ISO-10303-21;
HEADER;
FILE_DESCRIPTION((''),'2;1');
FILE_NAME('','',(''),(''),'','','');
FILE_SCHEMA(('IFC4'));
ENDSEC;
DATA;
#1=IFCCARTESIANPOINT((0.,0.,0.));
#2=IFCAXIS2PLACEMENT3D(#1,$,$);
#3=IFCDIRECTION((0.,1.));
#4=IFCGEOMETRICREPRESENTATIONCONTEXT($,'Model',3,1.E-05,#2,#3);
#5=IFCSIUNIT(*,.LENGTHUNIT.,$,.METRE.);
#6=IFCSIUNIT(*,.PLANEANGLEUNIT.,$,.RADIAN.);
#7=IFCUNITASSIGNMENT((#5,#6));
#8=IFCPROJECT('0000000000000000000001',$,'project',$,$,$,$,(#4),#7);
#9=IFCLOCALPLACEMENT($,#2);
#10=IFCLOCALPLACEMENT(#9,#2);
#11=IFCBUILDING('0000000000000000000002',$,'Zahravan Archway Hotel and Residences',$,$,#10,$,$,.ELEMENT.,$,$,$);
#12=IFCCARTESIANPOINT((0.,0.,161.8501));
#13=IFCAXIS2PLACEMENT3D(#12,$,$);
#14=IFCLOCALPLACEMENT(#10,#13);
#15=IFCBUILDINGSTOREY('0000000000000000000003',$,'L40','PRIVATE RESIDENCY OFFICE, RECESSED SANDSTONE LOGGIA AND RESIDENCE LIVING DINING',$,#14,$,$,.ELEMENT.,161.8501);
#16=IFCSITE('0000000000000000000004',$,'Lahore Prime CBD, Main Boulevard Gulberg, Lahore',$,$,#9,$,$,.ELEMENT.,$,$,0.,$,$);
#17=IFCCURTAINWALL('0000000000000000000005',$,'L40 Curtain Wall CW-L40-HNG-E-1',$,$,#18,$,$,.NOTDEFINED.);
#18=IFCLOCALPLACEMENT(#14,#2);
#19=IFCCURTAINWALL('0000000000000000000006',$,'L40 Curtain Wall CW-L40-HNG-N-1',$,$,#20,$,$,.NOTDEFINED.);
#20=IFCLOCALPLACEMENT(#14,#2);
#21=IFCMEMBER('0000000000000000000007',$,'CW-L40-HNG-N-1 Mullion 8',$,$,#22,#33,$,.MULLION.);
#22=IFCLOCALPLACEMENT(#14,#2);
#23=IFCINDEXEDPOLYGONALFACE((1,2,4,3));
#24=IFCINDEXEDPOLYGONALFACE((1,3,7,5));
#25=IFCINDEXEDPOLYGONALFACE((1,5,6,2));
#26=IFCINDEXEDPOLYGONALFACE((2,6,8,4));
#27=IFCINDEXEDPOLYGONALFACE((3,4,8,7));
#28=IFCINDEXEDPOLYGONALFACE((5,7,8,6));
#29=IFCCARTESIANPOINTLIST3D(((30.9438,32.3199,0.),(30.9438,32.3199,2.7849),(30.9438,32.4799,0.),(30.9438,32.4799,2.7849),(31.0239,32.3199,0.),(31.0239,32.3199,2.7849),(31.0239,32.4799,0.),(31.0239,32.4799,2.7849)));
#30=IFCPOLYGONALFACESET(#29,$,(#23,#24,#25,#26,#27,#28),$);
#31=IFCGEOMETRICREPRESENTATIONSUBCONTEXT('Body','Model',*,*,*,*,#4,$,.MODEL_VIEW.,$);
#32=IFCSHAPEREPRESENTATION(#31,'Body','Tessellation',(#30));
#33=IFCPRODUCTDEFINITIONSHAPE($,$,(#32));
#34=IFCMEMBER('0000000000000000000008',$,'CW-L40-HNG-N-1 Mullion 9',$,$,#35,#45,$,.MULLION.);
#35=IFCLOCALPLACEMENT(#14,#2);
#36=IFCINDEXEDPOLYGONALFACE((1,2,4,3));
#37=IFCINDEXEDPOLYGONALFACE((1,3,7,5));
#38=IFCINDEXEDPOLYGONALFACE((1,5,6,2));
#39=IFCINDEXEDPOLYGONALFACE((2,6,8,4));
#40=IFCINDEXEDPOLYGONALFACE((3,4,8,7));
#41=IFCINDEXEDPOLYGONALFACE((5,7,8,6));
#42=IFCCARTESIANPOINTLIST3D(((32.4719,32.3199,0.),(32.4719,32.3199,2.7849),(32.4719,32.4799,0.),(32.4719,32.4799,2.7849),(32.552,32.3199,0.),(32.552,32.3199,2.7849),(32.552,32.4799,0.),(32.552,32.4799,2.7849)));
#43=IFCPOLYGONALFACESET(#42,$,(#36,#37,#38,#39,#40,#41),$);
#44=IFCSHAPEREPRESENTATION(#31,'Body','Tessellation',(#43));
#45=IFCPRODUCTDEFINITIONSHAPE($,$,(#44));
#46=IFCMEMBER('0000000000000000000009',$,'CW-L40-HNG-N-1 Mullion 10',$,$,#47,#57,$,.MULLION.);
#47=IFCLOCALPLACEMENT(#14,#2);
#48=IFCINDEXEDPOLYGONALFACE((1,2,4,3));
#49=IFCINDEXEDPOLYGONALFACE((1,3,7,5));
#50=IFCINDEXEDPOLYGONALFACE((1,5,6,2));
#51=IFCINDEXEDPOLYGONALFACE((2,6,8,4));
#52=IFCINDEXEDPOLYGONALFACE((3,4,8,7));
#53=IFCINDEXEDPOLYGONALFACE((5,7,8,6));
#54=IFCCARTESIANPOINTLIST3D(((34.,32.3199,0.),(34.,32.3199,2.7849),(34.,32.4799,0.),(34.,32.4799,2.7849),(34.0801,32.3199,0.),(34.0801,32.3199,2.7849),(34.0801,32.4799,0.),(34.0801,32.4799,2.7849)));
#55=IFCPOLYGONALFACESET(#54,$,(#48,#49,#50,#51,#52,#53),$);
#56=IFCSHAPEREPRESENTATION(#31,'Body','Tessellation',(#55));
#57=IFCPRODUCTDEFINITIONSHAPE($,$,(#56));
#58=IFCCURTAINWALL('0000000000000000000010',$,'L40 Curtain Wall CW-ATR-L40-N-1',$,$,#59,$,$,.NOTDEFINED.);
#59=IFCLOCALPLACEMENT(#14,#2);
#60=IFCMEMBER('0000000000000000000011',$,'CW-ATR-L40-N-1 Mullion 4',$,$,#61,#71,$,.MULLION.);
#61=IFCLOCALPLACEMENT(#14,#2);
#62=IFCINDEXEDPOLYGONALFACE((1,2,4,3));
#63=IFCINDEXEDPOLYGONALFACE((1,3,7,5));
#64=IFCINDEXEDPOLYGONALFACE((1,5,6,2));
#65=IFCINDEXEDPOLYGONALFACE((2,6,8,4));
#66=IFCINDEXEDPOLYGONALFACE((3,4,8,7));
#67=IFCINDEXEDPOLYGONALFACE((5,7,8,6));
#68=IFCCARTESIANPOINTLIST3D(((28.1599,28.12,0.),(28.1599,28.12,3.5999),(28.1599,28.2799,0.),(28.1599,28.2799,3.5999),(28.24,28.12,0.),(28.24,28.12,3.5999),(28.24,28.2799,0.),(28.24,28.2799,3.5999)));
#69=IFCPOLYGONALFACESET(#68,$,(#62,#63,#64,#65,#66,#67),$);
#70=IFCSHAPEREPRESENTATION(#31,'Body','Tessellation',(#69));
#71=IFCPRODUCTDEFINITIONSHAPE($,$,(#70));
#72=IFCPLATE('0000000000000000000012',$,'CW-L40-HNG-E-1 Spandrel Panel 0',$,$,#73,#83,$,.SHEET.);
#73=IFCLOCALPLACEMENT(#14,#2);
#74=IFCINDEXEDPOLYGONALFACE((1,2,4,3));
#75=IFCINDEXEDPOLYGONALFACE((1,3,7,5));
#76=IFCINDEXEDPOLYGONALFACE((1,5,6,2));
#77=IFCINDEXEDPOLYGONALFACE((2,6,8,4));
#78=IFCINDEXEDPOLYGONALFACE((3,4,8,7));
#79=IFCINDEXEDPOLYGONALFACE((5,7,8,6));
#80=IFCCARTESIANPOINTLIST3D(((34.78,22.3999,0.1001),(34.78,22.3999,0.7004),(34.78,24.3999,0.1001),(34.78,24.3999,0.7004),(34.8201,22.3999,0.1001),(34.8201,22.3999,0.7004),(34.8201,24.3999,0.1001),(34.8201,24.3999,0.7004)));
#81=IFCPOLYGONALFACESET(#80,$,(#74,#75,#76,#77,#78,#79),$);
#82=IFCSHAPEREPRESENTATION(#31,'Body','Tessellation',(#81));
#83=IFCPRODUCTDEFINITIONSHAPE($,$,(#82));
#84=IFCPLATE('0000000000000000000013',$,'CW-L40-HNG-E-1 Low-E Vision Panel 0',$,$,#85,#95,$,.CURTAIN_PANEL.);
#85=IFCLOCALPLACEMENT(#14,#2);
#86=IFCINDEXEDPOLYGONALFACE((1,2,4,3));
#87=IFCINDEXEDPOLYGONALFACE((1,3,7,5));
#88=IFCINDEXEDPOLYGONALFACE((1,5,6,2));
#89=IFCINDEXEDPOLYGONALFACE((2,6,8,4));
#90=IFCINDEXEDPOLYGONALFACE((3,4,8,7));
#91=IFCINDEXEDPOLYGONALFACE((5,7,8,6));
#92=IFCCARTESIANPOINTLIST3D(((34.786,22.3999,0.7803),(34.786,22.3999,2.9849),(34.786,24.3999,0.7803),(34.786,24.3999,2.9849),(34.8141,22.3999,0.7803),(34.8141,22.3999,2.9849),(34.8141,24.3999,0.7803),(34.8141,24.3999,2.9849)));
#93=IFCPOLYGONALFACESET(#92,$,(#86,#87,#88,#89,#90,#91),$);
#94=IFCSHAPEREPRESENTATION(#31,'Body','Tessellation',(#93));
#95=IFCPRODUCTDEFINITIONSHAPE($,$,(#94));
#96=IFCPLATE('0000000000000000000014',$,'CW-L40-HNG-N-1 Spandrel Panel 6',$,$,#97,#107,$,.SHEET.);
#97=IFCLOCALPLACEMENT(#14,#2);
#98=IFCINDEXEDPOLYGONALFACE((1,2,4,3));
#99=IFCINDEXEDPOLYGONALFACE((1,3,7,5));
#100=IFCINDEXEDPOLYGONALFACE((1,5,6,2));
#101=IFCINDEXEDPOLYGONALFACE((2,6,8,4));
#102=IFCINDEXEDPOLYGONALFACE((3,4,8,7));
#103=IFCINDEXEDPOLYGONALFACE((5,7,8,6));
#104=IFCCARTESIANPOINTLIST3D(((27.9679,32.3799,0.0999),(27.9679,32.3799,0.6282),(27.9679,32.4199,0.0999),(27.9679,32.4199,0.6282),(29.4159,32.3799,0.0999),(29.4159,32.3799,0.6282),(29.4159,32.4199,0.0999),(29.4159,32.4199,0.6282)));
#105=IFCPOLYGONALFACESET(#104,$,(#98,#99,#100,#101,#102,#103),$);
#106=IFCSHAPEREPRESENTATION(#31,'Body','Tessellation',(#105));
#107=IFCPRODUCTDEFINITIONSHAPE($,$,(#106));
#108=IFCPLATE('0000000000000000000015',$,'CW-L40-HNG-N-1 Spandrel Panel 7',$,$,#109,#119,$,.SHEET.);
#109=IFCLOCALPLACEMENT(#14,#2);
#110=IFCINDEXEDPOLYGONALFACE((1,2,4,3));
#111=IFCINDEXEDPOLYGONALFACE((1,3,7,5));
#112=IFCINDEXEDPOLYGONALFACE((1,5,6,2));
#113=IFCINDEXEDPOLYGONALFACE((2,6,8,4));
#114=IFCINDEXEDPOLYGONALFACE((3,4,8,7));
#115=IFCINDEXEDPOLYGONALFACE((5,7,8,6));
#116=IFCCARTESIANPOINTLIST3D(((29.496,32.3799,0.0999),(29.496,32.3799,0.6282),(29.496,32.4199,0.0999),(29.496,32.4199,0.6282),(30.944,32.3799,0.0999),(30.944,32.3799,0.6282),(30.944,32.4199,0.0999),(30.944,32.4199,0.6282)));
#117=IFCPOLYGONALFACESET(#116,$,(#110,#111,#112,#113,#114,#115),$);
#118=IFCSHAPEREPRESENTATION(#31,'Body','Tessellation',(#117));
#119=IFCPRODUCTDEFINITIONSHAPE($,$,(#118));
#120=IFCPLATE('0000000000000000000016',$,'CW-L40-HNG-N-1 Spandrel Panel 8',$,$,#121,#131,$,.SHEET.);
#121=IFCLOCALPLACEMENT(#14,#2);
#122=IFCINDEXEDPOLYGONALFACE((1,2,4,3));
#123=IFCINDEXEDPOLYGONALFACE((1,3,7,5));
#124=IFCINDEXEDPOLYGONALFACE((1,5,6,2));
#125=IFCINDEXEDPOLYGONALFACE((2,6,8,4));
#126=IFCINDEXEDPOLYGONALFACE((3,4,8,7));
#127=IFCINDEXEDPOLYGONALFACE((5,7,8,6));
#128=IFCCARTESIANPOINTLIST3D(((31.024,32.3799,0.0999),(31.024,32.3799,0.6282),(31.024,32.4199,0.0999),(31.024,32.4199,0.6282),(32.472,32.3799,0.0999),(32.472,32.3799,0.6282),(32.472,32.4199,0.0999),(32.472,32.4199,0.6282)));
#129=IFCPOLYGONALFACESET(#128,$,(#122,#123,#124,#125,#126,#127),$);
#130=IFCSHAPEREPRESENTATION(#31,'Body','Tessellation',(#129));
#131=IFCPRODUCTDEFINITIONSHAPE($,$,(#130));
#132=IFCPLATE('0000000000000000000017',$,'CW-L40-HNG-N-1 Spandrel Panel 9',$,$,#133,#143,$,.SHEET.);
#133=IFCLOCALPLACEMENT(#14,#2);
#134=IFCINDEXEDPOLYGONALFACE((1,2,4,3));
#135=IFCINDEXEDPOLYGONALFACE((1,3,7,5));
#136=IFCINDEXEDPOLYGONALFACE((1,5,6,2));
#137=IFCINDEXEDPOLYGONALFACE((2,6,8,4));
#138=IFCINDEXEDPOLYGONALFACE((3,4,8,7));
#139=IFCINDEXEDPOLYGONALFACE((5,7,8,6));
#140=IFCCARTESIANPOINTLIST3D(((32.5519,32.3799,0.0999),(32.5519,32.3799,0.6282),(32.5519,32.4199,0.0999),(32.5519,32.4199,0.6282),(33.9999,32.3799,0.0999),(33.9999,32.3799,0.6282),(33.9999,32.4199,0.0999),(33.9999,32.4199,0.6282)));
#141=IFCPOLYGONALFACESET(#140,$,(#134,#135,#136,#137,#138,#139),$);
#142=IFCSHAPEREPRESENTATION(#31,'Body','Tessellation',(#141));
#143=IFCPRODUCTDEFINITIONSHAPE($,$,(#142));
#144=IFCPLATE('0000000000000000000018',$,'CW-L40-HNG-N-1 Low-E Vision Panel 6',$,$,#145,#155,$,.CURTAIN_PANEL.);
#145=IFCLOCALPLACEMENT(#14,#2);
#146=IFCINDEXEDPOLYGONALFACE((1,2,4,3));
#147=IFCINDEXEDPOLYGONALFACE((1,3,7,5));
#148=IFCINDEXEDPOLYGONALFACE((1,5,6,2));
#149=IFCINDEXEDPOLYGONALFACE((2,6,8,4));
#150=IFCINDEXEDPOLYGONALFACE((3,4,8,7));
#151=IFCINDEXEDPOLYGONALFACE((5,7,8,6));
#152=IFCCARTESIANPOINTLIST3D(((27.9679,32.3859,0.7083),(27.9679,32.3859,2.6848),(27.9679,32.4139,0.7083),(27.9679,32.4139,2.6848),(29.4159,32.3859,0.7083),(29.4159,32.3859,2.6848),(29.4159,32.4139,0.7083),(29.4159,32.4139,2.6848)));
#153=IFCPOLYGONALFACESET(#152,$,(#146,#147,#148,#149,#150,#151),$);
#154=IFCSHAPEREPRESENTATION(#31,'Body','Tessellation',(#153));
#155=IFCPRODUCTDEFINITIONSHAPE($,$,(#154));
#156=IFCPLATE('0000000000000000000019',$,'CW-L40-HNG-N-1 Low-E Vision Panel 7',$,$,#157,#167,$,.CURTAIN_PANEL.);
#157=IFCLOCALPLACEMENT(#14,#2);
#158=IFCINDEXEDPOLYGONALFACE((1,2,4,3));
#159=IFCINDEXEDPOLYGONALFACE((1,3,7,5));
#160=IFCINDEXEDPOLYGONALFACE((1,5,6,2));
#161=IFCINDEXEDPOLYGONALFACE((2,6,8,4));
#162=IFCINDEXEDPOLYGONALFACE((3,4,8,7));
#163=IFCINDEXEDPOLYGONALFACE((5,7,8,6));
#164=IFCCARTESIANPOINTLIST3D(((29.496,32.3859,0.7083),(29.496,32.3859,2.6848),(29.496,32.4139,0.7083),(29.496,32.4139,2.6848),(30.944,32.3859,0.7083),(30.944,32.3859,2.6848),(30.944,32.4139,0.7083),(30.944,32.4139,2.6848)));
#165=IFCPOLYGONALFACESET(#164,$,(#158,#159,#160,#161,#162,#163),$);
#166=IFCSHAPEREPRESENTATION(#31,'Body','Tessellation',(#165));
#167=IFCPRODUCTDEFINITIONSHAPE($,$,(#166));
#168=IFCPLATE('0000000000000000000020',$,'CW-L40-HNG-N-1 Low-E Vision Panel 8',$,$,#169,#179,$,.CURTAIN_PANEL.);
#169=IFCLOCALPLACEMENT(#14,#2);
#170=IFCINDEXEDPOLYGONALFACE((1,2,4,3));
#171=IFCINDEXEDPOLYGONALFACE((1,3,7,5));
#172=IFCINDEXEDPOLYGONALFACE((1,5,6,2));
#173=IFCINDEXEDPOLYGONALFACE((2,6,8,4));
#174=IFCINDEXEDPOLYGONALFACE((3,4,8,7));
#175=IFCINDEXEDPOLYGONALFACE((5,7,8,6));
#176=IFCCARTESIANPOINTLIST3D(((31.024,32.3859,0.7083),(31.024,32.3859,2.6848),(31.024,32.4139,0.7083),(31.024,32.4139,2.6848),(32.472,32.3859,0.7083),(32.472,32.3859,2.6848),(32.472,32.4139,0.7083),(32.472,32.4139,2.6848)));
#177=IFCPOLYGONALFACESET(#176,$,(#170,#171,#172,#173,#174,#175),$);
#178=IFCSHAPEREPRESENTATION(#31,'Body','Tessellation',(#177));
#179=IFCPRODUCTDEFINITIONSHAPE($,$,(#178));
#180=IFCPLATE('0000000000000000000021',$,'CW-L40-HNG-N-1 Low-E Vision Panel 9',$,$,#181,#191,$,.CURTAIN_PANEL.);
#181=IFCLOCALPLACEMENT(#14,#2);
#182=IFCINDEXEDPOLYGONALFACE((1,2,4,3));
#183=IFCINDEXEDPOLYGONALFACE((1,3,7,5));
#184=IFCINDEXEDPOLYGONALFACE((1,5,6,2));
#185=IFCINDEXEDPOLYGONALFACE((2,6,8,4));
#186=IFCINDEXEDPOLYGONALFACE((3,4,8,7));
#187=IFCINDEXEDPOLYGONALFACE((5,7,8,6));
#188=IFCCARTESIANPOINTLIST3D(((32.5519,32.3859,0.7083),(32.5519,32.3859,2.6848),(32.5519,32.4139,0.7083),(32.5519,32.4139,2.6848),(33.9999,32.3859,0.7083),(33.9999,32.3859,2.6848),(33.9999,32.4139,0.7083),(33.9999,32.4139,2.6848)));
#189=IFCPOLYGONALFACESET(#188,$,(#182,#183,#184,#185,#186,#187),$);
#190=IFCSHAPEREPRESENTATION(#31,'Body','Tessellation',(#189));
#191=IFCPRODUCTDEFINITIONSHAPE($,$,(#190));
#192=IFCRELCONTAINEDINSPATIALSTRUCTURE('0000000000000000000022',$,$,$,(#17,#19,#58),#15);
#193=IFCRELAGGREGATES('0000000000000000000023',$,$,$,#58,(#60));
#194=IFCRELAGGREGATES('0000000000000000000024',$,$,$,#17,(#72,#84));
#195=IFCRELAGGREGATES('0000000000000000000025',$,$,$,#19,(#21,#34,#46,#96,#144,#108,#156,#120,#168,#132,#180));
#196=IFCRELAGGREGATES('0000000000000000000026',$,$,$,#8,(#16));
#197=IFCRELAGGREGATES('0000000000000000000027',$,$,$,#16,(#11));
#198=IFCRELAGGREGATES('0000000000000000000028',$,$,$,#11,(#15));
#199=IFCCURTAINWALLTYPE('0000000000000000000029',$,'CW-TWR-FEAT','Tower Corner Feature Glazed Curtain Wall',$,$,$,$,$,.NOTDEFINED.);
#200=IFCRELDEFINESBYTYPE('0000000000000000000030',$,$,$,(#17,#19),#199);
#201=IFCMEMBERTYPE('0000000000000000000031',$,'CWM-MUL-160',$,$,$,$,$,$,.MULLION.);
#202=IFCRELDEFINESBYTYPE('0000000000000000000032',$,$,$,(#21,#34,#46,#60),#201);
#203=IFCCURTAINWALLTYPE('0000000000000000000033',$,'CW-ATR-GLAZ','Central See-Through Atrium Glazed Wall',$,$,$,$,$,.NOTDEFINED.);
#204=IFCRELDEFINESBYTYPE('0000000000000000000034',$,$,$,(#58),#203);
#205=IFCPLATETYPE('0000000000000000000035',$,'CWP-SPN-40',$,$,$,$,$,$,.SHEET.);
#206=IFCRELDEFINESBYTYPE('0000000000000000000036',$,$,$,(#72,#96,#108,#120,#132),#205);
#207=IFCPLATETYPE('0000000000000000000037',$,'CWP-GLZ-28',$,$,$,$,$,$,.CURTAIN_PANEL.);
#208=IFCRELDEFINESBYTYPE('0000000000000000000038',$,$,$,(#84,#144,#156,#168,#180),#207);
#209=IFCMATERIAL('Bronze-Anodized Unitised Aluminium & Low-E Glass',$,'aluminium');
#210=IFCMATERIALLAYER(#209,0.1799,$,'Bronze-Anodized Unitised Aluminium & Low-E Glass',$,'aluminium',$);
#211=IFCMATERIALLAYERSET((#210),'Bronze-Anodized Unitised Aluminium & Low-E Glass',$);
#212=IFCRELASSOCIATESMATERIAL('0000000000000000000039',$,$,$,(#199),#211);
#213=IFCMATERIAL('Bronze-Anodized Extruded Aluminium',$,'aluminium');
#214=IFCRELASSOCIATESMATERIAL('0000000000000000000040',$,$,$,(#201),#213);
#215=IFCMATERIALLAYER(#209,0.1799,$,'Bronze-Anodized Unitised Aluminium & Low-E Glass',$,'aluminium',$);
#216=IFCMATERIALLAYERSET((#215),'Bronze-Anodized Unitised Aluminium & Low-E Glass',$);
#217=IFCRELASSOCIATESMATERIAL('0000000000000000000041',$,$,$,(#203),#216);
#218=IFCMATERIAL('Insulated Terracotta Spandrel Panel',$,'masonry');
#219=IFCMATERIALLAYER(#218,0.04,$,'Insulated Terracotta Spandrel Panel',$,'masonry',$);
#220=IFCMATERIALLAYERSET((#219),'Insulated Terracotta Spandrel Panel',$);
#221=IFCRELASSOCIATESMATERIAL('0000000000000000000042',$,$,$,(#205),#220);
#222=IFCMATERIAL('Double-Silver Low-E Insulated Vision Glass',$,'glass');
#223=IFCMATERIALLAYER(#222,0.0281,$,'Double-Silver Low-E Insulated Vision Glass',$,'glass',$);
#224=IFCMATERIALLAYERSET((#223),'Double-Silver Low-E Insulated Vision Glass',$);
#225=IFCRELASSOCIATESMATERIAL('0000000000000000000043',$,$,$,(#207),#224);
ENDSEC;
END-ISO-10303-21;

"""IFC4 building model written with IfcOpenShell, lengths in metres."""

from ifc_helpers import new_model, si_unit, direction, frame, origin, origin_2d, place, context, subcontext, project, spatial, rectangle, extrude, source, transform, mapped, material, layer, layer_set, material_profile, profile_set, type_object, element, aggregate, save


model = new_model("IFC4")

# Units and contexts
model_context = context("Model", 3, precision=1e-05, world=origin(), true_north=direction((0.0, 1.0)))
body_context = subcontext(model_context, "Body", "Model", "MODEL_VIEW")
ifc_project = project(units=[si_unit("LENGTHUNIT", "METRE"), si_unit("PLANEANGLEUNIT", "RADIAN")], contexts=[model_context])

# Site, building, storey
site_placement = place(None, origin())
site = spatial("IfcSite", under=ifc_project, at=site_placement, Name="Lahore Prime CBD, Main Boulevard Gulberg, Lahore", CompositionType="ELEMENT", RefElevation=0.0)
building_placement = place(site_placement, origin())
building = spatial("IfcBuilding", under=site, at=building_placement, Name="Zahravan Archway Hotel and Residences", CompositionType="ELEMENT")
storey_placement = place(building_placement, frame((0.0, 0.0, 161.8501)))
storey = spatial("IfcBuildingStorey", under=building, at=storey_placement, Name="L40", Description="PRIVATE RESIDENCY OFFICE, RECESSED SANDSTONE LOGGIA AND RESIDENCE LIVING DINING", CompositionType="ELEMENT", Elevation=161.8501)

# Curtain walls
ifc_material_1 = material(Name="Bronze-Anodized Unitised Aluminium & Low-E Glass", Category="aluminium")
ifc_layer_1 = layer(ifc_material_1, 0.1799, Name="Bronze-Anodized Unitised Aluminium & Low-E Glass", Category="aluminium")
ifc_layer_set_1 = layer_set([ifc_layer_1], Name="Bronze-Anodized Unitised Aluminium & Low-E Glass")
curtain_wall_type_1 = type_object("IfcCurtainWallType", Name="CW-TWR-FEAT", Description="Tower Corner Feature Glazed Curtain Wall", PredefinedType="NOTDEFINED", material=ifc_layer_set_1)
curtain_wall_1_placement = place(storey_placement, origin())
curtain_wall_1 = element("IfcCurtainWall", 1, at=curtain_wall_1_placement, inside=storey, type_object=curtain_wall_type_1, Name="L40 Curtain Wall CW-L40-HNG-E-1", PredefinedType="NOTDEFINED")
ifc_material_2 = material(Name="Bronze-Anodized Extruded Aluminium", Category="aluminium")
curtain_wall_2_placement = place(storey_placement, origin())
curtain_wall_2 = element("IfcCurtainWall", 2, at=curtain_wall_2_placement, inside=storey, type_object=curtain_wall_type_1, Name="L40 Curtain Wall CW-L40-HNG-N-1", PredefinedType="NOTDEFINED")

# Members
ifc_material_profile_1 = material_profile(ifc_material_2, rectangle(XDim=0.0801, YDim=0.1599, at=origin_2d()), Name="MUL 80x160", Category="aluminium")
ifc_profile_set_1 = profile_set([ifc_material_profile_1], Name="Bronze-Anodized Extruded Aluminium")
member_type_1 = type_object("IfcMemberType", Name="CWM-MUL-160", PredefinedType="MULLION", material=ifc_profile_set_1)
shared_shape_1 = source(origin(), body_context, "Body", "SweptSolid", [
    extrude(rectangle(XDim=0.0801, YDim=0.1599, at=origin_2d()), origin(), (0.0, 0.0, 1.0), 2.7849),
])
member_1_placement = place(storey_placement, frame((30.9839, 32.3999, 0.0), z_axis=(0.0, 0.0, 1.0), x_axis=(1.0, 0.0, 0.0)))
member_1 = element("IfcMember", 3, at=member_1_placement, type_object=member_type_1, Name="CW-L40-HNG-N-1 Mullion 8", PredefinedType="MULLION", context=body_context, shape_type="MappedRepresentation", body=[
    mapped(shared_shape_1, transform((0.0, 0.0, 0.0), scale=1.0)),
])
member_2_placement = place(storey_placement, frame((32.512, 32.3999, 0.0), z_axis=(0.0, 0.0, 1.0), x_axis=(1.0, 0.0, 0.0)))
member_2 = element("IfcMember", 4, at=member_2_placement, type_object=member_type_1, Name="CW-L40-HNG-N-1 Mullion 9", PredefinedType="MULLION", context=body_context, shape_type="MappedRepresentation", body=[
    mapped(shared_shape_1, transform((0.0, 0.0, 0.0), scale=1.0)),
])
member_3_placement = place(storey_placement, frame((34.04, 32.3999, 0.0), z_axis=(0.0, 0.0, 1.0), x_axis=(1.0, 0.0, 0.0)))
member_3 = element("IfcMember", 5, at=member_3_placement, type_object=member_type_1, Name="CW-L40-HNG-N-1 Mullion 10", PredefinedType="MULLION", context=body_context, shape_type="MappedRepresentation", body=[
    mapped(shared_shape_1, transform((0.0, 0.0, 0.0), scale=1.0)),
])

# Curtain wall, member
ifc_layer_2 = layer(ifc_material_1, 0.1799, Name="Bronze-Anodized Unitised Aluminium & Low-E Glass", Category="aluminium")
ifc_layer_set_2 = layer_set([ifc_layer_2], Name="Bronze-Anodized Unitised Aluminium & Low-E Glass")
curtain_wall_type_2 = type_object("IfcCurtainWallType", Name="CW-ATR-GLAZ", Description="Central See-Through Atrium Glazed Wall", PredefinedType="NOTDEFINED", material=ifc_layer_set_2)
curtain_wall_3_placement = place(storey_placement, origin())
curtain_wall_3 = element("IfcCurtainWall", 6, at=curtain_wall_3_placement, inside=storey, type_object=curtain_wall_type_2, Name="L40 Curtain Wall CW-ATR-L40-N-1", PredefinedType="NOTDEFINED")
shared_shape_2 = source(origin(), body_context, "Body", "SweptSolid", [
    extrude(rectangle(XDim=0.0801, YDim=0.1599, at=origin_2d()), origin(), (0.0, 0.0, 1.0), 3.5999),
])
member_4_placement = place(storey_placement, frame((28.2, 28.2, 0.0), z_axis=(0.0, 0.0, 1.0), x_axis=(1.0, 0.0, 0.0)))
member_4 = element("IfcMember", 7, at=member_4_placement, type_object=member_type_1, Name="CW-ATR-L40-N-1 Mullion 4", PredefinedType="MULLION", context=body_context, shape_type="MappedRepresentation", body=[
    mapped(shared_shape_2, transform((0.0, 0.0, 0.0), scale=1.0)),
])
aggregate(curtain_wall_3, [member_4])

# Plates
ifc_material_3 = material(Name="Insulated Terracotta Spandrel Panel", Category="masonry")
ifc_layer_3 = layer(ifc_material_3, 0.04, Name="Insulated Terracotta Spandrel Panel", Category="masonry")
ifc_layer_set_3 = layer_set([ifc_layer_3], Name="Insulated Terracotta Spandrel Panel")
plate_type_1 = type_object("IfcPlateType", Name="CWP-SPN-40", PredefinedType="SHEET", material=ifc_layer_set_3)
shared_shape_3 = source(origin(), body_context, "Body", "SweptSolid", [
    extrude(rectangle(XDim=2.0, YDim=0.04, at=origin_2d()), origin(), (0.0, 0.0, 1.0), 0.6003),
])
plate_1_placement = place(storey_placement, frame((34.8, 23.3999, 0.1001), z_axis=(0.0, 0.0, 1.0), x_axis=(0.0, 1.0, 0.0)))
plate_1 = element("IfcPlate", 8, at=plate_1_placement, type_object=plate_type_1, Name="CW-L40-HNG-E-1 Spandrel Panel 0", PredefinedType="SHEET", context=body_context, shape_type="MappedRepresentation", body=[
    mapped(shared_shape_3, transform((0.0, 0.0, 0.0), scale=1.0)),
])
ifc_material_4 = material(Name="Double-Silver Low-E Insulated Vision Glass", Category="glass")
ifc_layer_4 = layer(ifc_material_4, 0.0281, Name="Double-Silver Low-E Insulated Vision Glass", Category="glass")
ifc_layer_set_4 = layer_set([ifc_layer_4], Name="Double-Silver Low-E Insulated Vision Glass")
plate_type_2 = type_object("IfcPlateType", Name="CWP-GLZ-28", PredefinedType="CURTAIN_PANEL", material=ifc_layer_set_4)
shared_shape_4 = source(origin(), body_context, "Body", "SweptSolid", [
    extrude(rectangle(XDim=2.0, YDim=0.0281, at=origin_2d()), origin(), (0.0, 0.0, 1.0), 2.2046),
])
plate_2_placement = place(storey_placement, frame((34.8, 23.3999, 0.7803), z_axis=(0.0, 0.0, 1.0), x_axis=(0.0, 1.0, 0.0)))
plate_2 = element("IfcPlate", 9, at=plate_2_placement, type_object=plate_type_2, Name="CW-L40-HNG-E-1 Low-E Vision Panel 0", PredefinedType="CURTAIN_PANEL", context=body_context, shape_type="MappedRepresentation", body=[
    mapped(shared_shape_4, transform((0.0, 0.0, 0.0), scale=1.0)),
])
aggregate(curtain_wall_1, [plate_1, plate_2])
shared_shape_5 = source(origin(), body_context, "Body", "SweptSolid", [
    extrude(rectangle(XDim=1.448, YDim=0.04, at=origin_2d()), origin(), (0.0, 0.0, 1.0), 0.5283),
])
plate_3_placement = place(storey_placement, frame((28.6919, 32.3999, 0.0999), z_axis=(0.0, 0.0, 1.0), x_axis=(1.0, 0.0, 0.0)))
plate_3 = element("IfcPlate", 10, at=plate_3_placement, type_object=plate_type_1, Name="CW-L40-HNG-N-1 Spandrel Panel 6", PredefinedType="SHEET", context=body_context, shape_type="MappedRepresentation", body=[
    mapped(shared_shape_5, transform((0.0, 0.0, 0.0), scale=1.0)),
])
plate_4_placement = place(storey_placement, frame((30.22, 32.3999, 0.0999), z_axis=(0.0, 0.0, 1.0), x_axis=(1.0, 0.0, 0.0)))
plate_4 = element("IfcPlate", 11, at=plate_4_placement, type_object=plate_type_1, Name="CW-L40-HNG-N-1 Spandrel Panel 7", PredefinedType="SHEET", context=body_context, shape_type="MappedRepresentation", body=[
    mapped(shared_shape_5, transform((0.0, 0.0, 0.0), scale=1.0)),
])
plate_5_placement = place(storey_placement, frame((31.748, 32.3999, 0.0999), z_axis=(0.0, 0.0, 1.0), x_axis=(1.0, 0.0, 0.0)))
plate_5 = element("IfcPlate", 12, at=plate_5_placement, type_object=plate_type_1, Name="CW-L40-HNG-N-1 Spandrel Panel 8", PredefinedType="SHEET", context=body_context, shape_type="MappedRepresentation", body=[
    mapped(shared_shape_5, transform((0.0, 0.0, 0.0), scale=1.0)),
])
plate_6_placement = place(storey_placement, frame((33.2759, 32.3999, 0.0999), z_axis=(0.0, 0.0, 1.0), x_axis=(1.0, 0.0, 0.0)))
plate_6 = element("IfcPlate", 13, at=plate_6_placement, type_object=plate_type_1, Name="CW-L40-HNG-N-1 Spandrel Panel 9", PredefinedType="SHEET", context=body_context, shape_type="MappedRepresentation", body=[
    mapped(shared_shape_5, transform((0.0, 0.0, 0.0), scale=1.0)),
])
shared_shape_6 = source(origin(), body_context, "Body", "SweptSolid", [
    extrude(rectangle(XDim=1.448, YDim=0.0281, at=origin_2d()), origin(), (0.0, 0.0, 1.0), 1.9766),
])
plate_7_placement = place(storey_placement, frame((28.6919, 32.3999, 0.7083), z_axis=(0.0, 0.0, 1.0), x_axis=(1.0, 0.0, 0.0)))
plate_7 = element("IfcPlate", 14, at=plate_7_placement, type_object=plate_type_2, Name="CW-L40-HNG-N-1 Low-E Vision Panel 6", PredefinedType="CURTAIN_PANEL", context=body_context, shape_type="MappedRepresentation", body=[
    mapped(shared_shape_6, transform((0.0, 0.0, 0.0), scale=1.0)),
])
plate_8_placement = place(storey_placement, frame((30.22, 32.3999, 0.7083), z_axis=(0.0, 0.0, 1.0), x_axis=(1.0, 0.0, 0.0)))
plate_8 = element("IfcPlate", 15, at=plate_8_placement, type_object=plate_type_2, Name="CW-L40-HNG-N-1 Low-E Vision Panel 7", PredefinedType="CURTAIN_PANEL", context=body_context, shape_type="MappedRepresentation", body=[
    mapped(shared_shape_6, transform((0.0, 0.0, 0.0), scale=1.0)),
])
plate_9_placement = place(storey_placement, frame((31.748, 32.3999, 0.7083), z_axis=(0.0, 0.0, 1.0), x_axis=(1.0, 0.0, 0.0)))
plate_9 = element("IfcPlate", 16, at=plate_9_placement, type_object=plate_type_2, Name="CW-L40-HNG-N-1 Low-E Vision Panel 8", PredefinedType="CURTAIN_PANEL", context=body_context, shape_type="MappedRepresentation", body=[
    mapped(shared_shape_6, transform((0.0, 0.0, 0.0), scale=1.0)),
])
plate_10_placement = place(storey_placement, frame((33.2759, 32.3999, 0.7083), z_axis=(0.0, 0.0, 1.0), x_axis=(1.0, 0.0, 0.0)))
plate_10 = element("IfcPlate", 17, at=plate_10_placement, type_object=plate_type_2, Name="CW-L40-HNG-N-1 Low-E Vision Panel 9", PredefinedType="CURTAIN_PANEL", context=body_context, shape_type="MappedRepresentation", body=[
    mapped(shared_shape_6, transform((0.0, 0.0, 0.0), scale=1.0)),
])
aggregate(curtain_wall_2, [member_1, member_2, member_3, plate_3, plate_7, plate_4, plate_8, plate_5, plate_9, plate_6, plate_10])

save(model, "model.ifc")
